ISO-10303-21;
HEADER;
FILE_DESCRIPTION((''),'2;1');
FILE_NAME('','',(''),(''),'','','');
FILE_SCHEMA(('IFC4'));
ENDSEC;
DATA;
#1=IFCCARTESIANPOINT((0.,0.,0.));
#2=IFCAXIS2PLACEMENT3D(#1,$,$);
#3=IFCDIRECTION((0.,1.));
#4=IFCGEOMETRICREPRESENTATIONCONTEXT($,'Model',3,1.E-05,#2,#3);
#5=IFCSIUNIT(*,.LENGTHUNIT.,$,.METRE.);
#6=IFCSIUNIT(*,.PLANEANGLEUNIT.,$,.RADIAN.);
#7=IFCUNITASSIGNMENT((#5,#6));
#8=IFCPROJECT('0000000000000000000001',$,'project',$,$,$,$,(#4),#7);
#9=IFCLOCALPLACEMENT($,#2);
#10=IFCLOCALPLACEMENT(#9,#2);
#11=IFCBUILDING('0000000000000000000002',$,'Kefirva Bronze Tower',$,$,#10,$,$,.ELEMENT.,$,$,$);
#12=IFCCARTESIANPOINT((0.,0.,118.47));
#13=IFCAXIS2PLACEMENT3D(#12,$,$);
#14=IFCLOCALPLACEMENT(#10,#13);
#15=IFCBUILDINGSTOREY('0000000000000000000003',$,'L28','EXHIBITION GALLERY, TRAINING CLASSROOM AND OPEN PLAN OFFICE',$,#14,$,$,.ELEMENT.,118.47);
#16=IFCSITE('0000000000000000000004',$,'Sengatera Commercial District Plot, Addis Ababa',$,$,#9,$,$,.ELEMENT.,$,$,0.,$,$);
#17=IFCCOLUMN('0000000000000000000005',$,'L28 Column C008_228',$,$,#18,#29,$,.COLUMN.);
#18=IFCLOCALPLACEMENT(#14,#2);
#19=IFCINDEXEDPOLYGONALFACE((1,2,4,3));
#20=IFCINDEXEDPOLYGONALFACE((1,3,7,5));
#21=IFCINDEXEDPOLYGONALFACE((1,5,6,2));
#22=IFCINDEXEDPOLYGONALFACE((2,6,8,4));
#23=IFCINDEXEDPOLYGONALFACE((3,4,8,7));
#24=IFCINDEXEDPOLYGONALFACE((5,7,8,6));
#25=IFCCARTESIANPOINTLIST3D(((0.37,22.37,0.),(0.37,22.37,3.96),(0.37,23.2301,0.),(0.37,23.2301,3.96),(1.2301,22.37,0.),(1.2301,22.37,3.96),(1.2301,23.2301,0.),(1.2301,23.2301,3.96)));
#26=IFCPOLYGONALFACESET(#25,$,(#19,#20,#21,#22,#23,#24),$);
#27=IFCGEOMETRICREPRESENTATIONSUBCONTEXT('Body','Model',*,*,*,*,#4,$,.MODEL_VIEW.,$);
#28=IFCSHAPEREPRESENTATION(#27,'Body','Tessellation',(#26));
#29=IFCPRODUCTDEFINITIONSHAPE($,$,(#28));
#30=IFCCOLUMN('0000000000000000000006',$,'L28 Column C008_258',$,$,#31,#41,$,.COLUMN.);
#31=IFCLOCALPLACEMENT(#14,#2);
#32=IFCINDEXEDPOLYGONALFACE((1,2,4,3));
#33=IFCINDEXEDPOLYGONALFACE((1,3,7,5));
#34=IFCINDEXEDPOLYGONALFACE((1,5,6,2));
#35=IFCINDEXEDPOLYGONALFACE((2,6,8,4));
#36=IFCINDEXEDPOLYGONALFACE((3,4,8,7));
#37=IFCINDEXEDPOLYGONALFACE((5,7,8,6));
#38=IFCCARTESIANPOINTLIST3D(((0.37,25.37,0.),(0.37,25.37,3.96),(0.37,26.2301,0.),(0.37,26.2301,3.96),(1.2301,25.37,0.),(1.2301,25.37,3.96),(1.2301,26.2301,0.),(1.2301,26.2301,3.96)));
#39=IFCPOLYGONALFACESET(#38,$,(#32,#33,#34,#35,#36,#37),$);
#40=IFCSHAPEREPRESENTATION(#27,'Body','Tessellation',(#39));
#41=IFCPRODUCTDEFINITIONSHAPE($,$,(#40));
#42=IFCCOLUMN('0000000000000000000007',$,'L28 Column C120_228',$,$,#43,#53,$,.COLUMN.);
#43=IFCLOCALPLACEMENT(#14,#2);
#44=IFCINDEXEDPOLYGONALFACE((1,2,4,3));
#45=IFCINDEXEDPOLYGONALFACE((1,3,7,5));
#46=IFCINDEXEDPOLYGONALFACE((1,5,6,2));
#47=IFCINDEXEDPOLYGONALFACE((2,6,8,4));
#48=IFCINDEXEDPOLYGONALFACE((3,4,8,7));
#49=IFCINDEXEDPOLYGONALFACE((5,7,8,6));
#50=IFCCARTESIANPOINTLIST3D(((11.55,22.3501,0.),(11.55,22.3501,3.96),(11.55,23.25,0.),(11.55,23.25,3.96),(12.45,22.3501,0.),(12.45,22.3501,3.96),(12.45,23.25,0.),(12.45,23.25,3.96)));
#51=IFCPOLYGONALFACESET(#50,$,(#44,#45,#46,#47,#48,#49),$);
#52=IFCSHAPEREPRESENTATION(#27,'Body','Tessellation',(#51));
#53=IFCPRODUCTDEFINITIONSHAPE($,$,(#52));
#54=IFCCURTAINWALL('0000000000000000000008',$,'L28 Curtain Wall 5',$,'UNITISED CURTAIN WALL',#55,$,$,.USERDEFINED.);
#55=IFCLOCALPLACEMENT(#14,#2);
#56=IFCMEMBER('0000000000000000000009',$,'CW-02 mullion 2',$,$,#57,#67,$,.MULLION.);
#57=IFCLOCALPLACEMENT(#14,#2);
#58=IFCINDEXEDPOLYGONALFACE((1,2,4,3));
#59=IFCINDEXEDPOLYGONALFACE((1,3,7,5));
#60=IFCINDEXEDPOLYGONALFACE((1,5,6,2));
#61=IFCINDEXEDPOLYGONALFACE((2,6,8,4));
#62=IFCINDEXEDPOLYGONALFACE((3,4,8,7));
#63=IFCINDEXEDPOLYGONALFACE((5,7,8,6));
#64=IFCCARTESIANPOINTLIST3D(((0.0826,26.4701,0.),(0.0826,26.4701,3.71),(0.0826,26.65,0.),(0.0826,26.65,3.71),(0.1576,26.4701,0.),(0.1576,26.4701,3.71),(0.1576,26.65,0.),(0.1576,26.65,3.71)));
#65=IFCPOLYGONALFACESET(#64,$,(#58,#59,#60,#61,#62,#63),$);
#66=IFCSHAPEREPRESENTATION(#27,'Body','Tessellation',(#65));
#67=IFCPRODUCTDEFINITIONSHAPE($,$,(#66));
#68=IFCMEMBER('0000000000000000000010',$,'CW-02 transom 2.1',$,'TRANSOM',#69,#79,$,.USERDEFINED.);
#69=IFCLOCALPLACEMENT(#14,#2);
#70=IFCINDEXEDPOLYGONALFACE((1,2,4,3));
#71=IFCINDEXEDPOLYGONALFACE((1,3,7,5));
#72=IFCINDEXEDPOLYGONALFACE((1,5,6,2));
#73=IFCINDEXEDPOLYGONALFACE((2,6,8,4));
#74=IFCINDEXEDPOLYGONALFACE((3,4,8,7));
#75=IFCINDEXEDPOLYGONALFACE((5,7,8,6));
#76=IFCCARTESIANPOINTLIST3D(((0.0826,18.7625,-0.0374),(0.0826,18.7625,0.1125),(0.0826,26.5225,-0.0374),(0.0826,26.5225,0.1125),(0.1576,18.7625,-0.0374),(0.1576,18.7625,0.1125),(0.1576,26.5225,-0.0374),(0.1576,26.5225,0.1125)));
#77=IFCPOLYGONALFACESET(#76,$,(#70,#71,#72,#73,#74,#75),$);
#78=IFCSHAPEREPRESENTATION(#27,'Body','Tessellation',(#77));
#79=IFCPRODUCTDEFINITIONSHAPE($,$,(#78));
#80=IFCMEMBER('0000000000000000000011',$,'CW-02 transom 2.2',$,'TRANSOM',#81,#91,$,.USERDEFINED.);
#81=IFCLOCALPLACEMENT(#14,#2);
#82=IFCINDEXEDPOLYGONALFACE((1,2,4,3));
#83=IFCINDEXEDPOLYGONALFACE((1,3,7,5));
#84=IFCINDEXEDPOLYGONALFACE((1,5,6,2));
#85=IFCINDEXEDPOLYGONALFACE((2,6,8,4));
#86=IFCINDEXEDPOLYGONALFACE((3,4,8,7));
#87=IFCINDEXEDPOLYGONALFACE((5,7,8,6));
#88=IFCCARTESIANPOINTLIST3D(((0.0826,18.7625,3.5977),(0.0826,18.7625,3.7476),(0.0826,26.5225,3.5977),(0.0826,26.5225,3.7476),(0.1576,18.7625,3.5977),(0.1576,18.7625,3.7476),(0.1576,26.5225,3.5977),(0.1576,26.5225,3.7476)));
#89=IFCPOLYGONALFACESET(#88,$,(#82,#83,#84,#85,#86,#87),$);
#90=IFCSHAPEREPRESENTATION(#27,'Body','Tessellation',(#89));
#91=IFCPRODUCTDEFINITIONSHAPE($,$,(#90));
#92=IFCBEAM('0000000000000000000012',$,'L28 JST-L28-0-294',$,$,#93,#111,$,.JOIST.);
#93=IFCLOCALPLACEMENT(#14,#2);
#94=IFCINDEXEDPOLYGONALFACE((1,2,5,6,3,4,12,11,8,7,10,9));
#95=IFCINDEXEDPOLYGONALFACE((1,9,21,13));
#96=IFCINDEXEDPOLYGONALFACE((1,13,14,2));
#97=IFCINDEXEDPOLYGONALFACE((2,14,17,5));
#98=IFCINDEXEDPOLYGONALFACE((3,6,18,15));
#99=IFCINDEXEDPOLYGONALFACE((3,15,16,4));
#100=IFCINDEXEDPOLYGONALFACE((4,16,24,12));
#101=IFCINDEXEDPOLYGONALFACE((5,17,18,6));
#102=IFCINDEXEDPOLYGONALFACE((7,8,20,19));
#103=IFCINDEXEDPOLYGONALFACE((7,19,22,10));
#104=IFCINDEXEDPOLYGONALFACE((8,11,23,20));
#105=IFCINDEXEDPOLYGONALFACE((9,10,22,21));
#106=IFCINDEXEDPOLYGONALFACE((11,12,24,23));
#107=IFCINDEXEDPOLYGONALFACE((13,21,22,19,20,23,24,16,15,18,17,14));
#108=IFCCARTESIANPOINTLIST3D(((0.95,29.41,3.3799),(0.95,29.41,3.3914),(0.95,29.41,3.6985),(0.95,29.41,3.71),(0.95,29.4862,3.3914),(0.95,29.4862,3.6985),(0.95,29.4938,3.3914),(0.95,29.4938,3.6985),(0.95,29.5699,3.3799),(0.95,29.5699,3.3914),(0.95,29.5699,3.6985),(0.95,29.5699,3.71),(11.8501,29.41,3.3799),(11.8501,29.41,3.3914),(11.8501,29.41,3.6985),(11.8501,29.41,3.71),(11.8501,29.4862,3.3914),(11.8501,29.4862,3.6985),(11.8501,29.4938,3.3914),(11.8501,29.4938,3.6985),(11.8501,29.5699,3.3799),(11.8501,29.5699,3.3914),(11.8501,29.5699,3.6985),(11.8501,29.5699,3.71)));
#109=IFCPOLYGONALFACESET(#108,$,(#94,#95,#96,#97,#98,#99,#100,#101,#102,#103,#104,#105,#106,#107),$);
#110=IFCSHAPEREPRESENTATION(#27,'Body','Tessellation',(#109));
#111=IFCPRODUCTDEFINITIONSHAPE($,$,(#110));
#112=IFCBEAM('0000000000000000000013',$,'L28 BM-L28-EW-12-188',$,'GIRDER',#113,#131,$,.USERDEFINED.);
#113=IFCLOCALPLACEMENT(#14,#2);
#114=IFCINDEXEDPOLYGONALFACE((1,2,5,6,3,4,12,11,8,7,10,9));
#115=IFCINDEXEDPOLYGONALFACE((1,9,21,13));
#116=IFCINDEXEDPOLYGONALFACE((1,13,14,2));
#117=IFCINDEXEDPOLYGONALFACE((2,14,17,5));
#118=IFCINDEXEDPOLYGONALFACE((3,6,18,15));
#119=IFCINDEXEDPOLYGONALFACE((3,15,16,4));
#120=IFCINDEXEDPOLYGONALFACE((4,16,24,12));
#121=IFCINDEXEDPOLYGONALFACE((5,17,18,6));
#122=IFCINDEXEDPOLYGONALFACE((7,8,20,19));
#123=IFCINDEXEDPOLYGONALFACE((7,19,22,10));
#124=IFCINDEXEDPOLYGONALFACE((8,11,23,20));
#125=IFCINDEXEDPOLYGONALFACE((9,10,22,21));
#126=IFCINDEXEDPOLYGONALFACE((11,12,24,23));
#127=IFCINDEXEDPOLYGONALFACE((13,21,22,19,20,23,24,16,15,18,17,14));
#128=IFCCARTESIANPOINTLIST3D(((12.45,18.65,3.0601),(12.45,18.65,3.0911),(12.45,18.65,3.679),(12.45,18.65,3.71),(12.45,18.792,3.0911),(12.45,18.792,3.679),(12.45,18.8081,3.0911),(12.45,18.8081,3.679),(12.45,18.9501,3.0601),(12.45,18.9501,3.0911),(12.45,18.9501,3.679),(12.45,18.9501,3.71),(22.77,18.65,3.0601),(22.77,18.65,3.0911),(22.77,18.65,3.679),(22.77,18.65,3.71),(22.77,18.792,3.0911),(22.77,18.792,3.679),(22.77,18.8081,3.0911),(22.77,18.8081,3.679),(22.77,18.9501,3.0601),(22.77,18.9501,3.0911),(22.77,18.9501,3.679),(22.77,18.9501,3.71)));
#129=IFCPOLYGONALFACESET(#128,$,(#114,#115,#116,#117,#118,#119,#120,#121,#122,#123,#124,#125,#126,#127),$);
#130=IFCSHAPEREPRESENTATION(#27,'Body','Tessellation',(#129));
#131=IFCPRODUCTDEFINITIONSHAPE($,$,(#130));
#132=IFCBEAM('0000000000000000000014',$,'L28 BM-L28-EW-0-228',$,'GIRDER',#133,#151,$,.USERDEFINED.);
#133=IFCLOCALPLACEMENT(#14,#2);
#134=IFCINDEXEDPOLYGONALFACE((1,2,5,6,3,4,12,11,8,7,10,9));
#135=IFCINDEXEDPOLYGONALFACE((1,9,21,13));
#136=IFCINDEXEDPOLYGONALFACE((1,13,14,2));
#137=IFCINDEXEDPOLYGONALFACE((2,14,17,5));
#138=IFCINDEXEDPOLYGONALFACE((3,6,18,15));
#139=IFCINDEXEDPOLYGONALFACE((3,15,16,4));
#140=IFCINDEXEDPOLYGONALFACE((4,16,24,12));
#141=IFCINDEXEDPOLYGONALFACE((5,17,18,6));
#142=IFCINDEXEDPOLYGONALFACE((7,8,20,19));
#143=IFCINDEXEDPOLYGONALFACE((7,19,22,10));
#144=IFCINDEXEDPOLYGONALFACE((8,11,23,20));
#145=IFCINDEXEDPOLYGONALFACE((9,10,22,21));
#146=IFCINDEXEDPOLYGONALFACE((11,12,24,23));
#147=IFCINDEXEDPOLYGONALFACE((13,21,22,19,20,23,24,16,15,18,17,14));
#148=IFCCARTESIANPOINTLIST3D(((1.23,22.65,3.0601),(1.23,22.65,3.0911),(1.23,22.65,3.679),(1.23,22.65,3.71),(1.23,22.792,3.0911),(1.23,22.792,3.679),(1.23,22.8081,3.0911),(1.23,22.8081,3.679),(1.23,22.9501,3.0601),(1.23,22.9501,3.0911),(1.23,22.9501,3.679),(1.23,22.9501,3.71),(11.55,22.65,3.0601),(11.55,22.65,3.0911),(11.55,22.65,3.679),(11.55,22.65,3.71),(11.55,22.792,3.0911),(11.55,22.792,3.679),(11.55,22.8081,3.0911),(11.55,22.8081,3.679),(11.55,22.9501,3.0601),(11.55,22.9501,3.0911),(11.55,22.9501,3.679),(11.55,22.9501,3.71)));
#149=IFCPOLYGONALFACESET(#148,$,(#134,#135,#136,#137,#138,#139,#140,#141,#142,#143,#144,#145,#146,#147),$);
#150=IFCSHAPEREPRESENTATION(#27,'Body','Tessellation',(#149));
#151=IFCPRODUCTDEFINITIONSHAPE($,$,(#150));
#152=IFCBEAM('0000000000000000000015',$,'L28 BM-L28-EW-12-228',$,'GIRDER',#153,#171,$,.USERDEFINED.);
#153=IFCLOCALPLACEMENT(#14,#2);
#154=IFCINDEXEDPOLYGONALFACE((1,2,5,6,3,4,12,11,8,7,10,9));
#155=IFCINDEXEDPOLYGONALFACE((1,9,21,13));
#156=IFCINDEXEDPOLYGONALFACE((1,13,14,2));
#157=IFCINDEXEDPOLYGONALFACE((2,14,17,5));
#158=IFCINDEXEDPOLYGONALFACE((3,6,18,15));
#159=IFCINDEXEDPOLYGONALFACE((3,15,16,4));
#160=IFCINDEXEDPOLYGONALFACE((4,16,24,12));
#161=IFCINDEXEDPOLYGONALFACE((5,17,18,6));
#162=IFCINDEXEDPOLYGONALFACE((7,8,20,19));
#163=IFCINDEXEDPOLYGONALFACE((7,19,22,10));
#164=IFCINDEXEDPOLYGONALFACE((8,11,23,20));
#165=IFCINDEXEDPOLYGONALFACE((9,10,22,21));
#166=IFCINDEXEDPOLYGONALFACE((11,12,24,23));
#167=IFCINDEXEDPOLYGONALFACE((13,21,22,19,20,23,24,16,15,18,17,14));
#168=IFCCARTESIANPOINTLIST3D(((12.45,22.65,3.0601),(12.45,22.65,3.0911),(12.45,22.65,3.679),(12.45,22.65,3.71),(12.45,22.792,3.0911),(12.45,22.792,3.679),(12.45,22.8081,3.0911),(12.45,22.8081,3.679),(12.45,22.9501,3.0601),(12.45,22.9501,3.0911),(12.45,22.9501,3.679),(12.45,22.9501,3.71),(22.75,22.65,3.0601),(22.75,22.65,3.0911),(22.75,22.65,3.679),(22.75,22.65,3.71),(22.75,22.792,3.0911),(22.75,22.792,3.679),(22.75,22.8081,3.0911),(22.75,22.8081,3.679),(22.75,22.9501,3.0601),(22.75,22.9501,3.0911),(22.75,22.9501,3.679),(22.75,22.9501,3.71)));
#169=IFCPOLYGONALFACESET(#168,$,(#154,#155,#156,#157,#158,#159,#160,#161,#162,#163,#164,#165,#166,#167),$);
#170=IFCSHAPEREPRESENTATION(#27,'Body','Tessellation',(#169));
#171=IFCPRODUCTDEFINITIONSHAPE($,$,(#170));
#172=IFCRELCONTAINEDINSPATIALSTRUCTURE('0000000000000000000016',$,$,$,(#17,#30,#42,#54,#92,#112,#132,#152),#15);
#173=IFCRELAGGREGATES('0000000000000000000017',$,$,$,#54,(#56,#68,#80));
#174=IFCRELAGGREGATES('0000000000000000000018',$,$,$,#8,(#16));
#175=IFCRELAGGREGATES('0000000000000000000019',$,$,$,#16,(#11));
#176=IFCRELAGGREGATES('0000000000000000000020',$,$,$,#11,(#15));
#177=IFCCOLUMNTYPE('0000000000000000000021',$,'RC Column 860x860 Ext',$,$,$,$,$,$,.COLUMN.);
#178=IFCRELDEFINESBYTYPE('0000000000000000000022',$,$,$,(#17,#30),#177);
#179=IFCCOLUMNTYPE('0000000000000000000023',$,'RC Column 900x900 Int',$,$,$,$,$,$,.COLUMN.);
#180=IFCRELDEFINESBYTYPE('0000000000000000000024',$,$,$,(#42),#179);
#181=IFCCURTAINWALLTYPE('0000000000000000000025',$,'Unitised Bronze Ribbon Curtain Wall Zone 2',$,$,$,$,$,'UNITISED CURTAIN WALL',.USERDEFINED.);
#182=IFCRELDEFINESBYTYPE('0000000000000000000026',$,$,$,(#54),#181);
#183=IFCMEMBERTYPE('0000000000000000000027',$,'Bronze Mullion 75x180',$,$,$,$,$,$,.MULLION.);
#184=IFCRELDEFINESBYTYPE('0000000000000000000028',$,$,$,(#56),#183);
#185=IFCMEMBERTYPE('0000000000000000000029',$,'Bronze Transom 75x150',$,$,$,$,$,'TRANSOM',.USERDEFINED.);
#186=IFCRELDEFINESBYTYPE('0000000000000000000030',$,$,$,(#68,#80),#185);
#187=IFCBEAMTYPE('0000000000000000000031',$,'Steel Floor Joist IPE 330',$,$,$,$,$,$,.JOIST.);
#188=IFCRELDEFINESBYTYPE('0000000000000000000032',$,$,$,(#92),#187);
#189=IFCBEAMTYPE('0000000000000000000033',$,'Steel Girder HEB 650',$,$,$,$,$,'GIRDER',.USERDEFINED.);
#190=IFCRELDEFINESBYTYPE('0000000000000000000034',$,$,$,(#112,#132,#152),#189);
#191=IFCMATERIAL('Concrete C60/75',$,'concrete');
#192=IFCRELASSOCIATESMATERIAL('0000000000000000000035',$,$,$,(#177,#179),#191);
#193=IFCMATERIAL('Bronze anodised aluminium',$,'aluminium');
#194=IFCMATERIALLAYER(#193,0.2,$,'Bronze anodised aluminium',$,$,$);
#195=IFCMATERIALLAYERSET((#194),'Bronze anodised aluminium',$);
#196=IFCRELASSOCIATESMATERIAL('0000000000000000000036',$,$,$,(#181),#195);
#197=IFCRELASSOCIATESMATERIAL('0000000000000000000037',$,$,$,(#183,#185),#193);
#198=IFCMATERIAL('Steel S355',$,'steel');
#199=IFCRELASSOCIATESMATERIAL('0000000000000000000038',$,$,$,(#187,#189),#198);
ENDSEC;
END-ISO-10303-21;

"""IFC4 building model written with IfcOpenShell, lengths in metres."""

from ifc_helpers import new_model, si_unit, direction, frame, origin, origin_2d, place, context, subcontext, project, spatial, rectangle, i_section, extrude, material, layer, layer_set, material_profile, profile_set, type_object, element, aggregate, save


model = new_model("IFC4")

# Units and contexts
model_context = context("Model", 3, precision=1e-05, world=origin(), true_north=direction((0.0, 1.0)))
body_context = subcontext(model_context, "Body", "Model", "MODEL_VIEW")
ifc_project = project(units=[si_unit("LENGTHUNIT", "METRE"), si_unit("PLANEANGLEUNIT", "RADIAN")], contexts=[model_context])

# Site, building, storey
site_placement = place(None, origin())
site = spatial("IfcSite", under=ifc_project, at=site_placement, Name="Sengatera Commercial District Plot, Addis Ababa", CompositionType="ELEMENT", RefElevation=0.0)
building_placement = place(site_placement, origin())
building = spatial("IfcBuilding", under=site, at=building_placement, Name="Kefirva Bronze Tower", CompositionType="ELEMENT")
storey_placement = place(building_placement, frame((0.0, 0.0, 118.47)))
storey = spatial("IfcBuildingStorey", under=building, at=storey_placement, Name="L28", Description="EXHIBITION GALLERY, TRAINING CLASSROOM AND OPEN PLAN OFFICE", CompositionType="ELEMENT", Elevation=118.47)

# Columns
ifc_material_1 = material(Name="Concrete C60/75", Category="concrete")
ifc_material_profile_1 = material_profile(ifc_material_1, rectangle(XDim=0.8601, YDim=0.8601, at=origin_2d()), Name="RC 860x860")
ifc_profile_set_1 = profile_set([ifc_material_profile_1], Name="Concrete C60/75")
column_type_1 = type_object("IfcColumnType", Name="RC Column 860x860 Ext", PredefinedType="COLUMN", material=ifc_profile_set_1)
for number, where, z_axis, x_axis, name in (
    (1, (0.8, 22.8, 0.0), (0.0, 0.0, 1.0), (1.0, 0.0, 0.0), "L28 Column C008_228"),
    (2, (0.8, 25.8, 0.0), (0.0, 0.0, 1.0), (1.0, 0.0, 0.0), "L28 Column C008_258"),
):
    element("IfcColumn", number, at=place(storey_placement, frame(where, z_axis=z_axis, x_axis=x_axis)), inside=storey, type_object=column_type_1, Name=name, PredefinedType="COLUMN", context=body_context, shape_type="SweptSolid", body=[
        extrude(rectangle(XDim=0.8601, YDim=0.8601, at=origin_2d()), origin(), (0.0, 0.0, 1.0), 3.96),
    ])
ifc_material_profile_2 = material_profile(ifc_material_1, rectangle(XDim=0.8999, YDim=0.8999, at=origin_2d()), Name="RC 900x900")
ifc_profile_set_2 = profile_set([ifc_material_profile_2], Name="Concrete C60/75")
column_type_2 = type_object("IfcColumnType", Name="RC Column 900x900 Int", PredefinedType="COLUMN", material=ifc_profile_set_2)
column_placement = place(storey_placement, frame((12.0, 22.8, 0.0), z_axis=(0.0, 0.0, 1.0), x_axis=(1.0, 0.0, 0.0)))
element("IfcColumn", 3, at=column_placement, inside=storey, type_object=column_type_2, Name="L28 Column C120_228", PredefinedType="COLUMN", context=body_context, shape_type="SweptSolid", body=[
    extrude(rectangle(XDim=0.8999, YDim=0.8999, at=origin_2d()), origin(), (0.0, 0.0, 1.0), 3.96),
])

# Curtain wall, members
ifc_material_2 = material(Name="Bronze anodised aluminium", Category="aluminium")
ifc_layer_1 = layer(ifc_material_2, 0.2, Name="Bronze anodised aluminium")
ifc_layer_set_1 = layer_set([ifc_layer_1], Name="Bronze anodised aluminium")
curtain_wall_type = type_object("IfcCurtainWallType", Name="Unitised Bronze Ribbon Curtain Wall Zone 2", ElementType="UNITISED CURTAIN WALL", PredefinedType="USERDEFINED", material=ifc_layer_set_1)
curtain_wall_placement = place(storey_placement, origin())
curtain_wall = element("IfcCurtainWall", 4, at=curtain_wall_placement, inside=storey, type_object=curtain_wall_type, Name="L28 Curtain Wall 5", ObjectType="UNITISED CURTAIN WALL", PredefinedType="USERDEFINED")
ifc_material_profile_3 = material_profile(ifc_material_2, rectangle(XDim=0.075, YDim=0.1799, at=origin_2d()), Name="ALU 75x180")
ifc_profile_set_3 = profile_set([ifc_material_profile_3], Name="Bronze anodised aluminium")
member_type_1 = type_object("IfcMemberType", Name="Bronze Mullion 75x180", PredefinedType="MULLION", material=ifc_profile_set_3)
member_1_placement = place(storey_placement, frame((0.1201, 26.5601, 0.0), z_axis=(0.0, 0.0, 1.0), x_axis=(1.0, 0.0, 0.0)))
member_1 = element("IfcMember", 5, at=member_1_placement, type_object=member_type_1, Name="CW-02 mullion 2", PredefinedType="MULLION", context=body_context, shape_type="SweptSolid", body=[
    extrude(rectangle(XDim=0.075, YDim=0.1799, at=origin_2d()), origin(), (0.0, 0.0, 1.0), 3.71),
])
ifc_material_profile_4 = material_profile(ifc_material_2, rectangle(XDim=0.075, YDim=0.1499, at=origin_2d()), Name="ALU 75x150")
ifc_profile_set_4 = profile_set([ifc_material_profile_4], Name="Bronze anodised aluminium")
member_type_2 = type_object("IfcMemberType", Name="Bronze Transom 75x150", ElementType="TRANSOM", PredefinedType="USERDEFINED", material=ifc_profile_set_4)
member_2_placement = place(storey_placement, frame((0.1201, 26.5225, 0.0376), z_axis=(0.0, -1.0, 0.0), x_axis=(1.0, 0.0, 0.0)))
member_2 = element("IfcMember", 6, at=member_2_placement, type_object=member_type_2, Name="CW-02 transom 2.1", ObjectType="TRANSOM", PredefinedType="USERDEFINED", context=body_context, shape_type="SweptSolid", body=[
    extrude(rectangle(XDim=0.075, YDim=0.1499, at=origin_2d()), origin(), (0.0, 0.0, 1.0), 7.76),
])
member_3_placement = place(storey_placement, frame((0.1201, 26.5225, 3.6726), z_axis=(0.0, -1.0, 0.0), x_axis=(1.0, 0.0, 0.0)))
member_3 = element("IfcMember", 7, at=member_3_placement, type_object=member_type_2, Name="CW-02 transom 2.2", ObjectType="TRANSOM", PredefinedType="USERDEFINED", context=body_context, shape_type="SweptSolid", body=[
    extrude(rectangle(XDim=0.075, YDim=0.1499, at=origin_2d()), origin(), (0.0, 0.0, 1.0), 7.76),
])

# Beams
ifc_material_3 = material(Name="Steel S355", Category="steel")
ifc_material_profile_5 = material_profile(ifc_material_3, i_section(OverallWidth=0.1599, OverallDepth=0.3301, WebThickness=0.0076, FlangeThickness=0.0115, at=origin_2d()), Name="IPE 330")
ifc_profile_set_5 = profile_set([ifc_material_profile_5], Name="Steel S355")
beam_type_1 = type_object("IfcBeamType", Name="Steel Floor Joist IPE 330", PredefinedType="JOIST", material=ifc_profile_set_5)
beam_1_placement = place(storey_placement, frame((0.95, 29.49, 3.5449), z_axis=(1.0, 0.0, 0.0), x_axis=(0.0, 1.0, 0.0)))
element("IfcBeam", 8, at=beam_1_placement, inside=storey, type_object=beam_type_1, Name="L28 JST-L28-0-294", PredefinedType="JOIST", context=body_context, shape_type="SweptSolid", body=[
    extrude(i_section(OverallWidth=0.1599, OverallDepth=0.3301, WebThickness=0.0076, FlangeThickness=0.0115, at=origin_2d()), origin(), (0.0, 0.0, 1.0), 10.9001),
])
ifc_material_profile_6 = material_profile(ifc_material_3, i_section(OverallWidth=0.3, OverallDepth=0.6499, WebThickness=0.0161, FlangeThickness=0.031, at=origin_2d()), Name="HEB 650")
ifc_profile_set_6 = profile_set([ifc_material_profile_6], Name="Steel S355")
beam_type_2 = type_object("IfcBeamType", Name="Steel Girder HEB 650", ElementType="GIRDER", PredefinedType="USERDEFINED", material=ifc_profile_set_6)
for number, where, z_axis, x_axis, name in (
    (9, (12.45, 18.8, 3.385), (1.0, 0.0, 0.0), (0.0, 1.0, 0.0), "L28 BM-L28-EW-12-188"),
    (10, (1.23, 22.8, 3.385), (1.0, 0.0, 0.0), (0.0, 1.0, 0.0), "L28 BM-L28-EW-0-228"),
):
    element("IfcBeam", number, at=place(storey_placement, frame(where, z_axis=z_axis, x_axis=x_axis)), inside=storey, type_object=beam_type_2, Name=name, ObjectType="GIRDER", PredefinedType="USERDEFINED", context=body_context, shape_type="SweptSolid", body=[
        extrude(i_section(OverallWidth=0.3, OverallDepth=0.6499, WebThickness=0.0161, FlangeThickness=0.031, at=origin_2d()), origin(), (0.0, 0.0, 1.0), 10.3201),
    ])
beam_2_placement = place(storey_placement, frame((12.45, 22.8, 3.385), z_axis=(1.0, 0.0, 0.0), x_axis=(0.0, 1.0, 0.0)))
element("IfcBeam", 11, at=beam_2_placement, inside=storey, type_object=beam_type_2, Name="L28 BM-L28-EW-12-228", ObjectType="GIRDER", PredefinedType="USERDEFINED", context=body_context, shape_type="SweptSolid", body=[
    extrude(i_section(OverallWidth=0.3, OverallDepth=0.6499, WebThickness=0.0161, FlangeThickness=0.031, at=origin_2d()), origin(), (0.0, 0.0, 1.0), 10.3),
])

aggregate(curtain_wall, [member_1, member_2, member_3])

save(model, "model.ifc")
